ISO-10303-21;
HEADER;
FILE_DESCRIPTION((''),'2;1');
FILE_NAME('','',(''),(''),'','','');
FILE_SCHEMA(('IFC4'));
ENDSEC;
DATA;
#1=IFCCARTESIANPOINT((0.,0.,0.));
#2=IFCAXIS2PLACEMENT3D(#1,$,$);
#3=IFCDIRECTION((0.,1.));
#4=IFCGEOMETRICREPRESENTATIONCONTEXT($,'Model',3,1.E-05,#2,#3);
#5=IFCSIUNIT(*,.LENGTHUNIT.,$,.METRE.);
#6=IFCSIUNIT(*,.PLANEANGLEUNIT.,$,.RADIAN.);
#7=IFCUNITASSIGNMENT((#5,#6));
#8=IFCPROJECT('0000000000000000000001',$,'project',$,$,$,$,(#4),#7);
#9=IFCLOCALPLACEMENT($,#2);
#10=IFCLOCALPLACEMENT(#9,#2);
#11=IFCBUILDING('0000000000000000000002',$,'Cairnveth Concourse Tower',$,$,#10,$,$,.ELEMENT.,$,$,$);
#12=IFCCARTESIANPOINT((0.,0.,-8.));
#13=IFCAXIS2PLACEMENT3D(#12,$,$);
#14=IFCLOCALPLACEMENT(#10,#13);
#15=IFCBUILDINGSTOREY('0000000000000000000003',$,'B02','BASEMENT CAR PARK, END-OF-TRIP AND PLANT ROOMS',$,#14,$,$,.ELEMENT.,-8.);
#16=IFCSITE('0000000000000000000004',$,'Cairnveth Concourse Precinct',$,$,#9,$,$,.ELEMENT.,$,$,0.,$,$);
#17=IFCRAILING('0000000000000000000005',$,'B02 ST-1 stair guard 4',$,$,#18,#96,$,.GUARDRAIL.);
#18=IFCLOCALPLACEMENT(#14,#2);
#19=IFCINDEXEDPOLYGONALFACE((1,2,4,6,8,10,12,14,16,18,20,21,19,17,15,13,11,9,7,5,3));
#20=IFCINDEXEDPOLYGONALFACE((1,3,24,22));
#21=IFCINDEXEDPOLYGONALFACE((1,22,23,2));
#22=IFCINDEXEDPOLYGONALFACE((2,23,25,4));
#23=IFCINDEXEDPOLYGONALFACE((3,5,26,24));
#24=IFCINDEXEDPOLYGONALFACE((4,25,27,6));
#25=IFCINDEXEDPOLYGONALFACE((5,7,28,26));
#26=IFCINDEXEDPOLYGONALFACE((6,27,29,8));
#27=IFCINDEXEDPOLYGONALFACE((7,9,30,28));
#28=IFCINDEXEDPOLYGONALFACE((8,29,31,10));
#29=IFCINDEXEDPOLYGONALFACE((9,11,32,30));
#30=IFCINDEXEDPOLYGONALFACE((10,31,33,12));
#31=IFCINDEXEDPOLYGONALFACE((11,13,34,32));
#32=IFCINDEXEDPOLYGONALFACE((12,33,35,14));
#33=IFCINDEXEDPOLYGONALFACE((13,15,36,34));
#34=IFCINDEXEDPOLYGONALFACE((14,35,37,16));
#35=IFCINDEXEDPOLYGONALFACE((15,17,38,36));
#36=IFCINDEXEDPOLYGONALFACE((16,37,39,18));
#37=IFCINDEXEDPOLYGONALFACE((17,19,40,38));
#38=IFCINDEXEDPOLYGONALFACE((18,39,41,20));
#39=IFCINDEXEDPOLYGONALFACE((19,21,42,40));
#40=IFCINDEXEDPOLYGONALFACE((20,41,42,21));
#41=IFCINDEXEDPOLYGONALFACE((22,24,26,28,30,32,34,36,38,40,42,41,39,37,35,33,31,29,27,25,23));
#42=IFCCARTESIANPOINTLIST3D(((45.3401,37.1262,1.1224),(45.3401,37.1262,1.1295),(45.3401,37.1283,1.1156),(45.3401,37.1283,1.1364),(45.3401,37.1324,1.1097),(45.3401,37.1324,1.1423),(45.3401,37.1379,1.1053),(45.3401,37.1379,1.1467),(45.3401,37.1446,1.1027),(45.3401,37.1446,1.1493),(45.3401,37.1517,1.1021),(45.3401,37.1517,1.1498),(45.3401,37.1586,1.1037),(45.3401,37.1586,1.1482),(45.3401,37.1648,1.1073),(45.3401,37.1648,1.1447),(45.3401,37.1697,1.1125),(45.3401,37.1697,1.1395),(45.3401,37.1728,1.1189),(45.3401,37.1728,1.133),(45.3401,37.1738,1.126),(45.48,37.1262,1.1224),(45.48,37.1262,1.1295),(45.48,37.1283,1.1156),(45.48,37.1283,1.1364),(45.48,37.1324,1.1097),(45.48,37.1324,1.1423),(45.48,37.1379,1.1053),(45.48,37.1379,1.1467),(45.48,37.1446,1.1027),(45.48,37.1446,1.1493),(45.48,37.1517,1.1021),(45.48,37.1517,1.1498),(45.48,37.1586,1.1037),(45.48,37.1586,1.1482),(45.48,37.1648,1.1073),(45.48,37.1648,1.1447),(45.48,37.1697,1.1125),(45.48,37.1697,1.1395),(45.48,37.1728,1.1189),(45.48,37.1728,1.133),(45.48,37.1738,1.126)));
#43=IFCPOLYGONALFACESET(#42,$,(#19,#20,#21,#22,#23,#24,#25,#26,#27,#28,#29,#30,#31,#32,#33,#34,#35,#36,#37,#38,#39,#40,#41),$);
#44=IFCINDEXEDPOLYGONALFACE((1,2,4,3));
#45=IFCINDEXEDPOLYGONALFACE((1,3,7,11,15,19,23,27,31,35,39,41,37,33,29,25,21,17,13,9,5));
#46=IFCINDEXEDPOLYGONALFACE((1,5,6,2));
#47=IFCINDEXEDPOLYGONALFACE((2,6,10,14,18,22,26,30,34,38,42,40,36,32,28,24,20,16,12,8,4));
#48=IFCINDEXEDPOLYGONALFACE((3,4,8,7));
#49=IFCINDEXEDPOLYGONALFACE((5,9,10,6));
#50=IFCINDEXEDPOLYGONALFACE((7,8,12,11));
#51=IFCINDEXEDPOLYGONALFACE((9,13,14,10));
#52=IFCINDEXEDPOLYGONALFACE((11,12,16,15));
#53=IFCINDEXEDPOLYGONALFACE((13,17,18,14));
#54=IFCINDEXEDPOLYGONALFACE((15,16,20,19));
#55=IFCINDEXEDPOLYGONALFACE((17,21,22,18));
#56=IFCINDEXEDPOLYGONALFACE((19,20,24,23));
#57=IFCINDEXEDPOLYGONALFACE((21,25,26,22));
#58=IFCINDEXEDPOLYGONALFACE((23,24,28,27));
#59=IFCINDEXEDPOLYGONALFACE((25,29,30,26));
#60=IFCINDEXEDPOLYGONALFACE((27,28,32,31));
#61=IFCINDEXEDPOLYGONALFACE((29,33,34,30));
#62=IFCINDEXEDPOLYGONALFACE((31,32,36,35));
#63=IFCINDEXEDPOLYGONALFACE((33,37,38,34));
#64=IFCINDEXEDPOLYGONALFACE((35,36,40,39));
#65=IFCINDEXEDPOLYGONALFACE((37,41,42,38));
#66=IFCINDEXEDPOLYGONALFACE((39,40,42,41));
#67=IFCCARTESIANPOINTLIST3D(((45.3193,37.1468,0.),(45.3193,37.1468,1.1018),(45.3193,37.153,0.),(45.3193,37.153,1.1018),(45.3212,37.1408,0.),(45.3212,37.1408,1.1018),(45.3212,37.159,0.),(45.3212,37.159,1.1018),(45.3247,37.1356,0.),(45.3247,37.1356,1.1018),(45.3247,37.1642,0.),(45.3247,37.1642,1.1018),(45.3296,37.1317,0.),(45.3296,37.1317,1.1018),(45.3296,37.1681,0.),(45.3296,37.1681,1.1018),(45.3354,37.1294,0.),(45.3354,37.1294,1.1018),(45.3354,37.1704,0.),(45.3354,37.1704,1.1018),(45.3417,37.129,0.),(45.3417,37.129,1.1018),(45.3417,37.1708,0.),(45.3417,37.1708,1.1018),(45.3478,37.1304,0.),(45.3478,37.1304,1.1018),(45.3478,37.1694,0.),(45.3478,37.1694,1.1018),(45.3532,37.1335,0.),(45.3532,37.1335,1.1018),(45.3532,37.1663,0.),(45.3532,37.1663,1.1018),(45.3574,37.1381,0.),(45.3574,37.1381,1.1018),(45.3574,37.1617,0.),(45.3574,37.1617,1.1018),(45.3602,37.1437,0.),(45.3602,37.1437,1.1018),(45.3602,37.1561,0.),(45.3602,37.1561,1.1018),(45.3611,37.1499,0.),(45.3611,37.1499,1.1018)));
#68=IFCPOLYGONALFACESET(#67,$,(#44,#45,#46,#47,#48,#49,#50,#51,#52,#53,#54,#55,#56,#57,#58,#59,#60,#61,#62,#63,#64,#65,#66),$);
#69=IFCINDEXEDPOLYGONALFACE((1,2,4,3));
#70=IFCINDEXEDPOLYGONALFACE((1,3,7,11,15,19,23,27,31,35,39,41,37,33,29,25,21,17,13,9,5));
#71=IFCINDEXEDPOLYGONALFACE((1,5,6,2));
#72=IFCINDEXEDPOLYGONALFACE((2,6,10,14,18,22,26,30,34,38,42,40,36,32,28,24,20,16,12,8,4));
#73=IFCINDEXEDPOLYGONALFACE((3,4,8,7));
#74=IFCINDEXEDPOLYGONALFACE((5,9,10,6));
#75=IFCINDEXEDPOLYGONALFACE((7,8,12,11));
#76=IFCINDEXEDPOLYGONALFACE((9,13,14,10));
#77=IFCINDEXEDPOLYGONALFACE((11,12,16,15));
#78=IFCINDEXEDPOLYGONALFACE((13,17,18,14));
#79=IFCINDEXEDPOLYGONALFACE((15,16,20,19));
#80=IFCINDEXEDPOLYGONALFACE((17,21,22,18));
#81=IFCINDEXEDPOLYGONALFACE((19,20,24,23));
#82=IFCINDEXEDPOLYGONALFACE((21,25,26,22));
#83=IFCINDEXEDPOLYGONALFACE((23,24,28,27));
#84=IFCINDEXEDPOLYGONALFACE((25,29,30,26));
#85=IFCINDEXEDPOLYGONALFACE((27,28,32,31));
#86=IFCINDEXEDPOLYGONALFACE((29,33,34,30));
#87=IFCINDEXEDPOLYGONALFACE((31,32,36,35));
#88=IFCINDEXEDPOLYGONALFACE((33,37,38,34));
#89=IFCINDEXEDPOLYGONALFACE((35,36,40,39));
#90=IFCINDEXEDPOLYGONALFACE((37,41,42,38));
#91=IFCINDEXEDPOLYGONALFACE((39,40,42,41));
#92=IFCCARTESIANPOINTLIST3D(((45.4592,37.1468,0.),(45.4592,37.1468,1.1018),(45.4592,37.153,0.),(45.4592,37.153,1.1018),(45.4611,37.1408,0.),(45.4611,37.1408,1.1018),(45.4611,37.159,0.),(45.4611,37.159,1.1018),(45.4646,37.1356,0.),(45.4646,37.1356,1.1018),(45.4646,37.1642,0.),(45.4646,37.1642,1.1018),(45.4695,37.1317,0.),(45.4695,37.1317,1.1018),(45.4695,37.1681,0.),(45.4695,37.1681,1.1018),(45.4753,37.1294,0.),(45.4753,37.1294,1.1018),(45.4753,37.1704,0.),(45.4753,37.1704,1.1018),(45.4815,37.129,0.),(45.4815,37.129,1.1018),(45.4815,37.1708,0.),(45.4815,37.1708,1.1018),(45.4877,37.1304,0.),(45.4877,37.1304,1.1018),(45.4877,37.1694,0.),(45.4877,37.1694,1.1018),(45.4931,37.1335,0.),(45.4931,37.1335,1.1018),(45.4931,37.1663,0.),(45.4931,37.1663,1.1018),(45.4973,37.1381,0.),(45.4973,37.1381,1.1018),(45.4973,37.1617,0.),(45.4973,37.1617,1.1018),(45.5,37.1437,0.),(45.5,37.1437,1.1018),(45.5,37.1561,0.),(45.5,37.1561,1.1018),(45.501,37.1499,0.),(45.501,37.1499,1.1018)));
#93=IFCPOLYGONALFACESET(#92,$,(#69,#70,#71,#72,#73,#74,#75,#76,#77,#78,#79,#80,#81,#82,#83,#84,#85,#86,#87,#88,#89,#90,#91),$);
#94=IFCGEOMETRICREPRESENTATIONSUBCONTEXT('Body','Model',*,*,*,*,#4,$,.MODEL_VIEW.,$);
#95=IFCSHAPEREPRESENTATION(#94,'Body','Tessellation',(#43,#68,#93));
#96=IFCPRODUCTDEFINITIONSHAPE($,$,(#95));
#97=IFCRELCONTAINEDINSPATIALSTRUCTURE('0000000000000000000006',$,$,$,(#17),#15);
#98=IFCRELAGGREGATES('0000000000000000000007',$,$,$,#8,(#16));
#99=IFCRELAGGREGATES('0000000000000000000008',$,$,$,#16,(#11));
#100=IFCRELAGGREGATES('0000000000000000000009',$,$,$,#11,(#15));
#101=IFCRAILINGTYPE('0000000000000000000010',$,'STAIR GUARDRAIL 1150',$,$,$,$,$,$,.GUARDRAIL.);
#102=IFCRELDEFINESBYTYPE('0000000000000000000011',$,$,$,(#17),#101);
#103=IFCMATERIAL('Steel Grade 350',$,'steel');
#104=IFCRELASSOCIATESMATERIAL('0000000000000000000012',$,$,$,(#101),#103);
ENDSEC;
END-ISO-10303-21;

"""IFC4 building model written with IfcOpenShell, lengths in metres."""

from ifc_helpers import new_model, si_unit, direction, frame, origin, origin_2d, place, context, subcontext, project, spatial, circle, extrude, material, type_object, element, save


model = new_model("IFC4")

# Units and contexts
model_context = context("Model", 3, precision=1e-05, world=origin(), true_north=direction((0.0, 1.0)))
body_context = subcontext(model_context, "Body", "Model", "MODEL_VIEW")
ifc_project = project(units=[si_unit("LENGTHUNIT", "METRE"), si_unit("PLANEANGLEUNIT", "RADIAN")], contexts=[model_context])

# Site, building, storey
site_placement = place(None, origin())
site = spatial("IfcSite", under=ifc_project, at=site_placement, Name="Cairnveth Concourse Precinct", CompositionType="ELEMENT", RefElevation=0.0)
building_placement = place(site_placement, origin())
building = spatial("IfcBuilding", under=site, at=building_placement, Name="Cairnveth Concourse Tower", CompositionType="ELEMENT")
storey_placement = place(building_placement, frame((0.0, 0.0, -8.0)))
storey = spatial("IfcBuildingStorey", under=building, at=storey_placement, Name="B02", Description="BASEMENT CAR PARK, END-OF-TRIP AND PLANT ROOMS", CompositionType="ELEMENT", Elevation=-8.0)

# Shared definitions
ifc_material_1 = material(Name="Steel Grade 350", Category="steel")

# Railing
railing_type_1 = type_object("IfcRailingType", Name="STAIR GUARDRAIL 1150", PredefinedType="GUARDRAIL", material=ifc_material_1)
railing_1_placement = place(storey_placement, frame((45.3401, 37.1499, 0.0)))
element("IfcRailing", 1, at=railing_1_placement, inside=storey, type_object=railing_type_1, Name="B02 ST-1 stair guard 4", PredefinedType="GUARDRAIL", context=body_context, shape_type="SweptSolid", body=[
    extrude(circle(Radius=0.0239, at=origin_2d()), frame((0.0, 0.0, 1.126), z_axis=(1.0, 0.0, 0.0), x_axis=(0.0, 1.0, 0.0)), (0.0, 0.0, 1.0), 0.1399),
    extrude(circle(Radius=0.021, at=origin_2d()), origin(), (0.0, 0.0, 1.0), 1.1018),
    extrude(circle(Radius=0.021, at=origin_2d()), frame((0.1399, 0.0, 0.0)), (0.0, 0.0, 1.0), 1.1018),
])

save(model, "model.ifc")
